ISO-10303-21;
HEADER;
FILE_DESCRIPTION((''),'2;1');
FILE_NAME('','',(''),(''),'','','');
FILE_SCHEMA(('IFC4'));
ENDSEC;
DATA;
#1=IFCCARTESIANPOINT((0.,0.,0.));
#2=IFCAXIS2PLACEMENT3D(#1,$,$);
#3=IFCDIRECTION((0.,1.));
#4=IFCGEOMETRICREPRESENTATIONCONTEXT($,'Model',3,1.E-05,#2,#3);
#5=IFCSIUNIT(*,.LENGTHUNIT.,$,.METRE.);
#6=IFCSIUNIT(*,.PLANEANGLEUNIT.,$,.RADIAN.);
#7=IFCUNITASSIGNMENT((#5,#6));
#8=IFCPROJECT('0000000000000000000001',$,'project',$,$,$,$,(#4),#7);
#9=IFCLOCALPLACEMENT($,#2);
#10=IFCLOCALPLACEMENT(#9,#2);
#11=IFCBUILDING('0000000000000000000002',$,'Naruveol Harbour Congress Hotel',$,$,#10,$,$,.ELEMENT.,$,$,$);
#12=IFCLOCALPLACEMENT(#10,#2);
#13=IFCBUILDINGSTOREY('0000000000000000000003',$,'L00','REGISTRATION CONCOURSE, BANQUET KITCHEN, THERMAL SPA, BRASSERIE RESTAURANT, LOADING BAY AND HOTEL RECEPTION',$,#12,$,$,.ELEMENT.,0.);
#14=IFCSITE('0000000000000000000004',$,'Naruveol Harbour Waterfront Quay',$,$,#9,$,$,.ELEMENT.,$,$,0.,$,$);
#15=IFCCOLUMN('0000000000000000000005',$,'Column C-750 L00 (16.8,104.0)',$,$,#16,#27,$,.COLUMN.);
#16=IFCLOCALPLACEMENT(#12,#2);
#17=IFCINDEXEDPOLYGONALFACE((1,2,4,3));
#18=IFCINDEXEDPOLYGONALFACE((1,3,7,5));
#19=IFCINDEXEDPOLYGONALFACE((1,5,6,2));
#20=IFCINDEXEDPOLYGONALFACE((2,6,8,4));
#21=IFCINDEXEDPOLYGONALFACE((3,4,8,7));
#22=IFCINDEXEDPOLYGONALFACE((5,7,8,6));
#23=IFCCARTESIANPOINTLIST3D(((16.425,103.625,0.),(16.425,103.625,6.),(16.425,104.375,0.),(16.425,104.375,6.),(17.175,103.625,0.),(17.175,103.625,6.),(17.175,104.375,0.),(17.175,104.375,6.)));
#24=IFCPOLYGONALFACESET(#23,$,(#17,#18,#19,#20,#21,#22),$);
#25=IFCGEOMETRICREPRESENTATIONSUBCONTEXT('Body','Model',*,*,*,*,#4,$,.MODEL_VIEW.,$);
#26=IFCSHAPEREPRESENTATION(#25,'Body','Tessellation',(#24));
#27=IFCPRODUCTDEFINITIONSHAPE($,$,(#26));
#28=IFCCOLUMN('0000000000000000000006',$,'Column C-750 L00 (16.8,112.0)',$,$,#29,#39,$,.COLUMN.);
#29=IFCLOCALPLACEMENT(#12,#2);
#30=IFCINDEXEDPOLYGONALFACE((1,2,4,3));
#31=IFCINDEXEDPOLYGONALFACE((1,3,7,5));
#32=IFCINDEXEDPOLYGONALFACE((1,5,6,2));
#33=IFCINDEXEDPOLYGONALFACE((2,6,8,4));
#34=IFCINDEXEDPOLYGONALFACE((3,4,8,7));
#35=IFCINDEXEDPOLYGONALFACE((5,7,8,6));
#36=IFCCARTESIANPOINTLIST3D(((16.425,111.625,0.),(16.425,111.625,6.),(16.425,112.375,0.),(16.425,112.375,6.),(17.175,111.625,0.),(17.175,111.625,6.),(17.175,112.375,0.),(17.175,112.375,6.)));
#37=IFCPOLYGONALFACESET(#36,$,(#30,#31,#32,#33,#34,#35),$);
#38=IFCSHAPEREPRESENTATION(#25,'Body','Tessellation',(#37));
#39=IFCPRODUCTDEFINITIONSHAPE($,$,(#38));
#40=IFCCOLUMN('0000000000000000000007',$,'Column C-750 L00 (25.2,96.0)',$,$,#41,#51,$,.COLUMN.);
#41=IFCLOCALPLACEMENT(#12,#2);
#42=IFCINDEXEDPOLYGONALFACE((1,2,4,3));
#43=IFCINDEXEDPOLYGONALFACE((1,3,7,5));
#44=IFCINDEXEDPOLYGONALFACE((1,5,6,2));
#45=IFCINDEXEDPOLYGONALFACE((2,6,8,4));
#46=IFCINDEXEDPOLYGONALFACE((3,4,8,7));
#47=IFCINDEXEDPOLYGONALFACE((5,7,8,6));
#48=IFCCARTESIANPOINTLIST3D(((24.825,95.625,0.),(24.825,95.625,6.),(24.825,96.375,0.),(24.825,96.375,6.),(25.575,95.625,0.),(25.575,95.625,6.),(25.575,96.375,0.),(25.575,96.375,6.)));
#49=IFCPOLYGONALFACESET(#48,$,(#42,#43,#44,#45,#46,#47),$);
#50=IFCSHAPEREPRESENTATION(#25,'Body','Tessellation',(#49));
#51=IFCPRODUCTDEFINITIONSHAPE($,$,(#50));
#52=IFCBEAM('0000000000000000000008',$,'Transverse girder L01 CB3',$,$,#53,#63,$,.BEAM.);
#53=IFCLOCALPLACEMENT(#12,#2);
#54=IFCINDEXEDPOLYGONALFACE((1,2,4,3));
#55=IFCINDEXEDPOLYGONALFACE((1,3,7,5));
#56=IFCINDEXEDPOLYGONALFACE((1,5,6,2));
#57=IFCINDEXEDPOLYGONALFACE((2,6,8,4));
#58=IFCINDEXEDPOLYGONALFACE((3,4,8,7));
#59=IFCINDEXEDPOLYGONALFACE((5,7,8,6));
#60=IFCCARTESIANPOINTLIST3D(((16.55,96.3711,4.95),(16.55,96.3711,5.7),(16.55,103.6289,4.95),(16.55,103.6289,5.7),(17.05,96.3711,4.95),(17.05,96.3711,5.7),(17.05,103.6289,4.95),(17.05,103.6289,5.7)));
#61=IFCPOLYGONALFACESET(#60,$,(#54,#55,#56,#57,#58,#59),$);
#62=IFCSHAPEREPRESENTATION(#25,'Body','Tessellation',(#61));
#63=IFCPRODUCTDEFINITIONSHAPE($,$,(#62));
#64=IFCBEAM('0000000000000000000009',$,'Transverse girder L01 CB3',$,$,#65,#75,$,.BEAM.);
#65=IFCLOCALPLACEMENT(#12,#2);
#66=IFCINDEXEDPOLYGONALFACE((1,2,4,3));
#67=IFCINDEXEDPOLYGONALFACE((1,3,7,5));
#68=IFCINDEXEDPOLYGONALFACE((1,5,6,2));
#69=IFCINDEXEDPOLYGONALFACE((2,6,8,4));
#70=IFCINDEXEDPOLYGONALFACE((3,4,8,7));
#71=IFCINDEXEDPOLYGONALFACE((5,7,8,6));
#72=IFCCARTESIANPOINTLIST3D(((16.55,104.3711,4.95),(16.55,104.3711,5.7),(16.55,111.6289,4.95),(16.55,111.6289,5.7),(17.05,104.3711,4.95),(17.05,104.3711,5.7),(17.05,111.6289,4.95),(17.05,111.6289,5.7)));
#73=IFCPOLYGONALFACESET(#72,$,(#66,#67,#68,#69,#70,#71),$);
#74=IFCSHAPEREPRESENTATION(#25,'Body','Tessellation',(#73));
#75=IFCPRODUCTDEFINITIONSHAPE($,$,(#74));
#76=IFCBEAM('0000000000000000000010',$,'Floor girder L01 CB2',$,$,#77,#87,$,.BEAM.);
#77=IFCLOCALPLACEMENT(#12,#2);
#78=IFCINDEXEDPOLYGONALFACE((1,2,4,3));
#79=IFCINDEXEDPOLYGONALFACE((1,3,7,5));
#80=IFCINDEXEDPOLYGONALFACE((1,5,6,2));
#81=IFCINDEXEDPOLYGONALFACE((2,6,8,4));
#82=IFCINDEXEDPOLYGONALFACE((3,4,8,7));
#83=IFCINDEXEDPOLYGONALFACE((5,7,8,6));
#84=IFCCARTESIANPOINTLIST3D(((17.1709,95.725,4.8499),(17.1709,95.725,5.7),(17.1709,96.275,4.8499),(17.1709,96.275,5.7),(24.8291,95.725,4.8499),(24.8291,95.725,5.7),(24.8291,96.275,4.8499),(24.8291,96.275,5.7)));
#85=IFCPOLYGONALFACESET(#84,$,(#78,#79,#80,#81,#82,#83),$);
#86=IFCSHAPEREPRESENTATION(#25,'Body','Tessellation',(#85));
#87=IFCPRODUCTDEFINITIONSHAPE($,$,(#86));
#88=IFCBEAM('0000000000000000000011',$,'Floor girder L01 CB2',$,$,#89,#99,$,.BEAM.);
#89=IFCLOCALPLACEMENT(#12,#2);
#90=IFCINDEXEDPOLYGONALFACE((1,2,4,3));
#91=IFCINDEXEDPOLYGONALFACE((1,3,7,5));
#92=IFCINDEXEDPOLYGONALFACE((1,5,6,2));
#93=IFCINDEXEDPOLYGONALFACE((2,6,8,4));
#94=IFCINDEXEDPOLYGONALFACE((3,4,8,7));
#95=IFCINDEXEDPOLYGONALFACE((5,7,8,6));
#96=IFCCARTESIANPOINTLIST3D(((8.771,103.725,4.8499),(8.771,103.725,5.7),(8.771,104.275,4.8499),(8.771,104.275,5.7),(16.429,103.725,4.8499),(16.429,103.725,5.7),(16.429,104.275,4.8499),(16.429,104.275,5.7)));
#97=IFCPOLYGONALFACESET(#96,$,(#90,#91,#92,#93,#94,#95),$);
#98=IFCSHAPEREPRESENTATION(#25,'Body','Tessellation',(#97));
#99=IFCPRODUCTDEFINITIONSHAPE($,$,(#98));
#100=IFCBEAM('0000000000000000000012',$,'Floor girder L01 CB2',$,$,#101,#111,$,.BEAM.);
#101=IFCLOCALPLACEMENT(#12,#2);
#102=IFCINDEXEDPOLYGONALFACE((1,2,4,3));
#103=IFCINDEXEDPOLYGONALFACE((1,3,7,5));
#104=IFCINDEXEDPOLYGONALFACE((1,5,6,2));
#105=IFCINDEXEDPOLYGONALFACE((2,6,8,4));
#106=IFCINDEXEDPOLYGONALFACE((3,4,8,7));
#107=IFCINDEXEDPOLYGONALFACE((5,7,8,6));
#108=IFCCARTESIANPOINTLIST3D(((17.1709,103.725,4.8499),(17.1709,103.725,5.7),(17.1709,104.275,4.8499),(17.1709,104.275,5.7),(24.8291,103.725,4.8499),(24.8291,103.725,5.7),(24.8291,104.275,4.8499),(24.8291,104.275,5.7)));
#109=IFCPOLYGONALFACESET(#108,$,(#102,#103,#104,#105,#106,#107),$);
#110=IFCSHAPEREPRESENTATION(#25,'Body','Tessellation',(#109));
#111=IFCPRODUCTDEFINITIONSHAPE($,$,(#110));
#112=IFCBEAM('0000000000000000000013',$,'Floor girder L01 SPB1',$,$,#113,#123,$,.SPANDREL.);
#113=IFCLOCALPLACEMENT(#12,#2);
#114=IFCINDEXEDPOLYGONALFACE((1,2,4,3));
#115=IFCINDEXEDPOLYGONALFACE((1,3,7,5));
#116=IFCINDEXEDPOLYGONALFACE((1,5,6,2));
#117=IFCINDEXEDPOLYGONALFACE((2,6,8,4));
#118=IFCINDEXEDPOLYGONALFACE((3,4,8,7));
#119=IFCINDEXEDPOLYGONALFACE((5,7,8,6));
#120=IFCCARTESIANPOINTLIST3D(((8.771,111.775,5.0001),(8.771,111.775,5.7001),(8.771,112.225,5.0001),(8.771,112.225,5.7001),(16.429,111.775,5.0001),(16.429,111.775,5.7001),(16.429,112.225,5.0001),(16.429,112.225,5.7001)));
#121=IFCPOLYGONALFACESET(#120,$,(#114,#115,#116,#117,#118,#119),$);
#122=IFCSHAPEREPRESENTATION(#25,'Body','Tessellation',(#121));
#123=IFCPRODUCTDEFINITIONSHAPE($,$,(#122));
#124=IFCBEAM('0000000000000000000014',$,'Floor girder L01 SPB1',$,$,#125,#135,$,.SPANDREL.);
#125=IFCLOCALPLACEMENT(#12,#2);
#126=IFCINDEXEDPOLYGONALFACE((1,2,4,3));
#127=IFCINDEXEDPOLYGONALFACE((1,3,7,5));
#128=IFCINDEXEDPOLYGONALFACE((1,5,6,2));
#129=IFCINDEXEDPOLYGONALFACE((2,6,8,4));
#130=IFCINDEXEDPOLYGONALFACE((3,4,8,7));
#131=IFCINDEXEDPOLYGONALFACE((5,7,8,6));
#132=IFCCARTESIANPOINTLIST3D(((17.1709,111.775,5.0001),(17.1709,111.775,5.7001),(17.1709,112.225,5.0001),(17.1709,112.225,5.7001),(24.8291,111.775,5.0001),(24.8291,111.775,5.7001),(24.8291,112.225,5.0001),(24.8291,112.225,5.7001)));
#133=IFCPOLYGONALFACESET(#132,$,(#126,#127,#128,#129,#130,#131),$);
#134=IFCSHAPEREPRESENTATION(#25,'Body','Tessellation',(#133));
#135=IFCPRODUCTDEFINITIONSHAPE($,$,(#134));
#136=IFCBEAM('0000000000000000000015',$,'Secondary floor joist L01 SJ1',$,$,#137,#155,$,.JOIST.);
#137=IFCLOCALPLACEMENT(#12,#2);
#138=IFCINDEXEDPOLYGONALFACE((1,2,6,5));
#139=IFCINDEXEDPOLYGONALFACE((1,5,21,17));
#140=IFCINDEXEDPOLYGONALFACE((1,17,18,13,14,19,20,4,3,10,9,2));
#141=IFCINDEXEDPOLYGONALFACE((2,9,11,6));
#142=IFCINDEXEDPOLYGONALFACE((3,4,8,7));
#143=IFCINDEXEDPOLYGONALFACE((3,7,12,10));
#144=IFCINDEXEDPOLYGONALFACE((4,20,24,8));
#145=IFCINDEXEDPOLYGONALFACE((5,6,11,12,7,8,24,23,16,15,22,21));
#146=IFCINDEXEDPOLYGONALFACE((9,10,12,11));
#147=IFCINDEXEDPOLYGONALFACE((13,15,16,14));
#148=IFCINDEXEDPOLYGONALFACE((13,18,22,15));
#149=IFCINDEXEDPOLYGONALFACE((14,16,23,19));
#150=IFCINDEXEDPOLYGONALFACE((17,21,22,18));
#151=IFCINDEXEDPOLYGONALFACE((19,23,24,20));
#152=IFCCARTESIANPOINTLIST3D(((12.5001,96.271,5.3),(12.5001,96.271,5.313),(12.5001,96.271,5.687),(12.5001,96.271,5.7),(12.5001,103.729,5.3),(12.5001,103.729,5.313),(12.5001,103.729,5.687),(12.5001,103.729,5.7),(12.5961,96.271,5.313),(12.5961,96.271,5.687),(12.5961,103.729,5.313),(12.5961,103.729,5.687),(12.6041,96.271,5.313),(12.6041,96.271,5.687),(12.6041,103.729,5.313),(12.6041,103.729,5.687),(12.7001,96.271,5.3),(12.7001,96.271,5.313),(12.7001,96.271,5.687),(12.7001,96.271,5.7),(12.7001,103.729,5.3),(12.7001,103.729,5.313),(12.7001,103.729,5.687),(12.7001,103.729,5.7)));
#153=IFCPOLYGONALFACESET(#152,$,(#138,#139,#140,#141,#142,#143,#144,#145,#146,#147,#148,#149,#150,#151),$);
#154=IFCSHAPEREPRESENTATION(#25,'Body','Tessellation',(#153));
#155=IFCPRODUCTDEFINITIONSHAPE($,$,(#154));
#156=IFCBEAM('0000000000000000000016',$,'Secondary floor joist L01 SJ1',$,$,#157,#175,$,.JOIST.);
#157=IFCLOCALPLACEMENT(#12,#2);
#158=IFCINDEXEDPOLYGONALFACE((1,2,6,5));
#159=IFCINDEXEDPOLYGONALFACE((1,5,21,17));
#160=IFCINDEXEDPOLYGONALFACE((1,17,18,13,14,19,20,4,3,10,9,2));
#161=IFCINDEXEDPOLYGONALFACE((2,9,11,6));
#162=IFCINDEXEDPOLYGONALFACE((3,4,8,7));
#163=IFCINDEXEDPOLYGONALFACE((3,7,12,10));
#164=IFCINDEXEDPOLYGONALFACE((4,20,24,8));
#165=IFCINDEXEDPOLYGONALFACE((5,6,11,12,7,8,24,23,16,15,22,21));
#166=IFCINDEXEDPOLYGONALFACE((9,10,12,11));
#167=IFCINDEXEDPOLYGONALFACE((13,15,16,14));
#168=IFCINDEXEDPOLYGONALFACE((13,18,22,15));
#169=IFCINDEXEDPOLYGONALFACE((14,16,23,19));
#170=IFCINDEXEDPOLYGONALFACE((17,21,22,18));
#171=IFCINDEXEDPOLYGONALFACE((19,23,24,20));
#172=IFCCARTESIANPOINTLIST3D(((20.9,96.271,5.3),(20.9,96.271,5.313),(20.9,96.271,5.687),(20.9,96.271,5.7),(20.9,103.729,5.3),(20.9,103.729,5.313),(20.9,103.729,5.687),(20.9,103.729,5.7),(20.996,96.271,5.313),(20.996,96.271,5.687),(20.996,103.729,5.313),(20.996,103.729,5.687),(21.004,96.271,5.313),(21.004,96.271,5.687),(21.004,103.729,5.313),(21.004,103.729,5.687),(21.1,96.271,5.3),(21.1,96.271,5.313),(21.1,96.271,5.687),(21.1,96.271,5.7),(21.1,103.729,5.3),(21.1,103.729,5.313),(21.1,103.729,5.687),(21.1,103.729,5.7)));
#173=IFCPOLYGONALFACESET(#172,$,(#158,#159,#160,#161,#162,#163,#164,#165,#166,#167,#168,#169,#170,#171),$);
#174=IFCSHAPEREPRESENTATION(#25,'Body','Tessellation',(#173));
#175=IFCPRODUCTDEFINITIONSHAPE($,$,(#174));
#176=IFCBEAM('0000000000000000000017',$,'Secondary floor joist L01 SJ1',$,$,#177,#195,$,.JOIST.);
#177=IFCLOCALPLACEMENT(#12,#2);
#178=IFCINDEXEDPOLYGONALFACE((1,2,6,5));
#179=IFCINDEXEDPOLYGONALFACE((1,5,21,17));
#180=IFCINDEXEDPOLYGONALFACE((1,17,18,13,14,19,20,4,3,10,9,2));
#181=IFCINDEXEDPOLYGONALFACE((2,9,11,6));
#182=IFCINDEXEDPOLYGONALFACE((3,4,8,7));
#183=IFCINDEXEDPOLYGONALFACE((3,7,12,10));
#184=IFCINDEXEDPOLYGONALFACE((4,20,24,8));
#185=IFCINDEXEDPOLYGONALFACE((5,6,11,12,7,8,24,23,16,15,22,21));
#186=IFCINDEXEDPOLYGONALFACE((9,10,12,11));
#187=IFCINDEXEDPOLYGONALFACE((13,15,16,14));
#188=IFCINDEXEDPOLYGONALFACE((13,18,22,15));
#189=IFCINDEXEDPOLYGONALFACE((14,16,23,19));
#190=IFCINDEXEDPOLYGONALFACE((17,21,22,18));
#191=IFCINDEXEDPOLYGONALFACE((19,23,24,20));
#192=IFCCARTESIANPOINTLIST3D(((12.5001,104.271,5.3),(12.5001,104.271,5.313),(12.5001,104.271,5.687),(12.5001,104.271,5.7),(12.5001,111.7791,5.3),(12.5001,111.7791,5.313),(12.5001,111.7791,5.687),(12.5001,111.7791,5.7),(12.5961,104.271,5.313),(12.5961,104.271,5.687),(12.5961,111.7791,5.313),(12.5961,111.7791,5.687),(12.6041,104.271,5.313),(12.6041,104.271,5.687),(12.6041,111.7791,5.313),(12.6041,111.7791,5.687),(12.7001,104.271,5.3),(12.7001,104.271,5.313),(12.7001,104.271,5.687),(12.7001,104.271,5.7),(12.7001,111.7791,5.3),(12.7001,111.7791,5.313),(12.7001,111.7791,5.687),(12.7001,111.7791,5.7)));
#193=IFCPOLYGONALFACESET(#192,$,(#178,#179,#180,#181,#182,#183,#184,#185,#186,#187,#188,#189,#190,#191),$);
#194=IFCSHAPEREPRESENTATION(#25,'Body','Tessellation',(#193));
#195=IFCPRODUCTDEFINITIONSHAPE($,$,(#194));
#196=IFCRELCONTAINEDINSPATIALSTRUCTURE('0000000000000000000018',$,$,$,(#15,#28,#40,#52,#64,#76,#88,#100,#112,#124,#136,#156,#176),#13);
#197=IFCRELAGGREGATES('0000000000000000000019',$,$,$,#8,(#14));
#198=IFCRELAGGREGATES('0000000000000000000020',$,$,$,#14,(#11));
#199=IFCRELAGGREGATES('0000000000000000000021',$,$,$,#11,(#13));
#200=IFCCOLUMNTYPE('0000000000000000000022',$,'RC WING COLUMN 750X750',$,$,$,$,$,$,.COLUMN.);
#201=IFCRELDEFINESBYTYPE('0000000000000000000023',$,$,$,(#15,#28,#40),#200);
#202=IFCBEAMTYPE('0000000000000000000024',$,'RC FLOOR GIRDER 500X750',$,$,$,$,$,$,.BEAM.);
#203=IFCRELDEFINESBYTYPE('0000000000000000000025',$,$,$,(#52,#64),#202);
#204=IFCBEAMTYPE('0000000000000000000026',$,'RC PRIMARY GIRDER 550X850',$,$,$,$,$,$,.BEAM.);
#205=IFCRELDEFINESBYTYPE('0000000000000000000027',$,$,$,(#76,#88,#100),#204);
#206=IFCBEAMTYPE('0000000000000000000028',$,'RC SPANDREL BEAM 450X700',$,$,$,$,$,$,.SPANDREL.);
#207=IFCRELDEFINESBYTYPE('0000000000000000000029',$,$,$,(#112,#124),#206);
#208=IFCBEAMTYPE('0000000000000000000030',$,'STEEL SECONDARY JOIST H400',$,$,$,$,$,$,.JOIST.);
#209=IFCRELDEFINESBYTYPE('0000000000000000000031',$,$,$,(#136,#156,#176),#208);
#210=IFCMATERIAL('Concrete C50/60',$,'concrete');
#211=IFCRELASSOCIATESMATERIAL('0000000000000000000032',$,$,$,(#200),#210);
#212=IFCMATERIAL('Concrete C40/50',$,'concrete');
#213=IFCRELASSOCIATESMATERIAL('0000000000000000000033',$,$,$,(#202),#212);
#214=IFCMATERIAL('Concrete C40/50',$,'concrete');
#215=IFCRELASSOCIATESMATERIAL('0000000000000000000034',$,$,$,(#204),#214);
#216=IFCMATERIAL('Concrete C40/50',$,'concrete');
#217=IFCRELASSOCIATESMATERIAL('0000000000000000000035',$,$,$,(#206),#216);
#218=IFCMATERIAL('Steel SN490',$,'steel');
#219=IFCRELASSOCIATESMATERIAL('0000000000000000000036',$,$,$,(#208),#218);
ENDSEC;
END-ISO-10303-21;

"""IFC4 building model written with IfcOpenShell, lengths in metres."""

from ifc_helpers import new_model, si_unit, direction, frame, origin, origin_2d, place, context, subcontext, project, spatial, rectangle, i_section, extrude, material, material_profile, profile_set, type_object, element, save


model = new_model("IFC4")

# Units and contexts
model_context = context("Model", 3, precision=1e-05, world=origin(), true_north=direction((0.0, 1.0)))
body_context = subcontext(model_context, "Body", "Model", "MODEL_VIEW")
ifc_project = project(units=[si_unit("LENGTHUNIT", "METRE"), si_unit("PLANEANGLEUNIT", "RADIAN")], contexts=[model_context])

# Site, building, storey
site_placement = place(None, origin())
site = spatial("IfcSite", under=ifc_project, at=site_placement, Name="Naruveol Harbour Waterfront Quay", CompositionType="ELEMENT", RefElevation=0.0)
building_placement = place(site_placement, origin())
building = spatial("IfcBuilding", under=site, at=building_placement, Name="Naruveol Harbour Congress Hotel", CompositionType="ELEMENT")
storey_placement = place(building_placement, origin())
storey = spatial("IfcBuildingStorey", under=building, at=storey_placement, Name="L00", Description="REGISTRATION CONCOURSE, BANQUET KITCHEN, THERMAL SPA, BRASSERIE RESTAURANT, LOADING BAY AND HOTEL RECEPTION", CompositionType="ELEMENT", Elevation=0.0)

# Columns
ifc_material_1 = material(Name="Concrete C50/60", Category="concrete")
ifc_material_profile_1 = material_profile(ifc_material_1, rectangle(XDim=0.75, YDim=0.75, at=origin_2d()), Name="RC-750x750")
ifc_profile_set_1 = profile_set([ifc_material_profile_1], Name="Concrete C50/60")
column_type = type_object("IfcColumnType", Name="RC WING COLUMN 750X750", PredefinedType="COLUMN", material=ifc_profile_set_1)
for number, where, z_axis, x_axis, name in (
    (1, (16.8, 104.0, 0.0), (0.0, 0.0, 1.0), (1.0, 0.0, 0.0), "Column C-750 L00 (16.8,104.0)"),
    (2, (16.8, 112.0, 0.0), (0.0, 0.0, 1.0), (1.0, 0.0, 0.0), "Column C-750 L00 (16.8,112.0)"),
    (3, (25.2, 96.0, 0.0), (0.0, 0.0, 1.0), (1.0, 0.0, 0.0), "Column C-750 L00 (25.2,96.0)"),
):
    element("IfcColumn", number, at=place(storey_placement, frame(where, z_axis=z_axis, x_axis=x_axis)), inside=storey, type_object=column_type, Name=name, PredefinedType="COLUMN", context=body_context, shape_type="SweptSolid", body=[
        extrude(rectangle(XDim=0.75, YDim=0.75, at=origin_2d()), origin(), (0.0, 0.0, 1.0), 6.0),
    ])

# Beams
ifc_material_2 = material(Name="Concrete C40/50", Category="concrete")
ifc_material_profile_2 = material_profile(ifc_material_2, rectangle(XDim=0.5, YDim=0.75, at=origin_2d()), Name="RCB-500x750")
ifc_profile_set_2 = profile_set([ifc_material_profile_2], Name="Concrete C40/50")
beam_type_1 = type_object("IfcBeamType", Name="RC FLOOR GIRDER 500X750", PredefinedType="BEAM", material=ifc_profile_set_2)
for number, where, z_axis, x_axis, name in (
    (4, (16.8, 96.3711, 5.325), (0.0, 1.0, 0.0), (-1.0, 0.0, 0.0), "Transverse girder L01 CB3"),
    (5, (16.8, 104.3711, 5.325), (0.0, 1.0, 0.0), (-1.0, 0.0, 0.0), "Transverse girder L01 CB3"),
):
    element("IfcBeam", number, at=place(storey_placement, frame(where, z_axis=z_axis, x_axis=x_axis)), inside=storey, type_object=beam_type_1, Name=name, PredefinedType="BEAM", context=body_context, shape_type="SweptSolid", body=[
        extrude(rectangle(XDim=0.5, YDim=0.75, at=origin_2d()), origin(), (0.0, 0.0, 1.0), 7.2578),
    ])
ifc_material_3 = material(Name="Concrete C40/50", Category="concrete")
ifc_material_profile_3 = material_profile(ifc_material_3, rectangle(XDim=0.55, YDim=0.8501, at=origin_2d()), Name="RCB-550x850")
ifc_profile_set_3 = profile_set([ifc_material_profile_3], Name="Concrete C40/50")
beam_type_2 = type_object("IfcBeamType", Name="RC PRIMARY GIRDER 550X850", PredefinedType="BEAM", material=ifc_profile_set_3)
beam_1_placement = place(storey_placement, frame((17.1709, 96.0, 5.2749), z_axis=(1.0, 0.0, 0.0), x_axis=(0.0, 1.0, 0.0)))
element("IfcBeam", 6, at=beam_1_placement, inside=storey, type_object=beam_type_2, Name="Floor girder L01 CB2", PredefinedType="BEAM", context=body_context, shape_type="SweptSolid", body=[
    extrude(rectangle(XDim=0.55, YDim=0.8501, at=origin_2d()), origin(), (0.0, 0.0, 1.0), 7.6582),
])
beam_2_placement = place(storey_placement, frame((8.771, 104.0, 5.2749), z_axis=(1.0, 0.0, 0.0), x_axis=(0.0, 1.0, 0.0)))
element("IfcBeam", 7, at=beam_2_placement, inside=storey, type_object=beam_type_2, Name="Floor girder L01 CB2", PredefinedType="BEAM", context=body_context, shape_type="SweptSolid", body=[
    extrude(rectangle(XDim=0.55, YDim=0.8501, at=origin_2d()), origin(), (0.0, 0.0, 1.0), 7.658),
])
beam_3_placement = place(storey_placement, frame((17.1709, 104.0, 5.2749), z_axis=(1.0, 0.0, 0.0), x_axis=(0.0, 1.0, 0.0)))
element("IfcBeam", 8, at=beam_3_placement, inside=storey, type_object=beam_type_2, Name="Floor girder L01 CB2", PredefinedType="BEAM", context=body_context, shape_type="SweptSolid", body=[
    extrude(rectangle(XDim=0.55, YDim=0.8501, at=origin_2d()), origin(), (0.0, 0.0, 1.0), 7.6582),
])
ifc_material_4 = material(Name="Concrete C40/50", Category="concrete")
ifc_material_profile_4 = material_profile(ifc_material_4, rectangle(XDim=0.45, YDim=0.7, at=origin_2d()), Name="RCB-450x700")
ifc_profile_set_4 = profile_set([ifc_material_profile_4], Name="Concrete C40/50")
beam_type_3 = type_object("IfcBeamType", Name="RC SPANDREL BEAM 450X700", PredefinedType="SPANDREL", material=ifc_profile_set_4)
beam_4_placement = place(storey_placement, frame((8.771, 112.0, 5.3501), z_axis=(1.0, 0.0, 0.0), x_axis=(0.0, 1.0, 0.0)))
element("IfcBeam", 9, at=beam_4_placement, inside=storey, type_object=beam_type_3, Name="Floor girder L01 SPB1", PredefinedType="SPANDREL", context=body_context, shape_type="SweptSolid", body=[
    extrude(rectangle(XDim=0.45, YDim=0.7, at=origin_2d()), origin(), (0.0, 0.0, 1.0), 7.658),
])
beam_5_placement = place(storey_placement, frame((17.1709, 112.0, 5.3501), z_axis=(1.0, 0.0, 0.0), x_axis=(0.0, 1.0, 0.0)))
element("IfcBeam", 10, at=beam_5_placement, inside=storey, type_object=beam_type_3, Name="Floor girder L01 SPB1", PredefinedType="SPANDREL", context=body_context, shape_type="SweptSolid", body=[
    extrude(rectangle(XDim=0.45, YDim=0.7, at=origin_2d()), origin(), (0.0, 0.0, 1.0), 7.6582),
])
ifc_material_5 = material(Name="Steel SN490", Category="steel")
ifc_material_profile_5 = material_profile(ifc_material_5, i_section(OverallWidth=0.2, OverallDepth=0.3999, WebThickness=0.0081, FlangeThickness=0.0129, at=origin_2d()), Name="H-400x200x8x13")
ifc_profile_set_5 = profile_set([ifc_material_profile_5], Name="Steel SN490")
beam_type_4 = type_object("IfcBeamType", Name="STEEL SECONDARY JOIST H400", PredefinedType="JOIST", material=ifc_profile_set_5)
for number, where, z_axis, x_axis, name in (
    (11, (12.6001, 96.271, 5.5), (0.0, 1.0, 0.0), (-1.0, 0.0, 0.0), "Secondary floor joist L01 SJ1"),
    (12, (21.0, 96.271, 5.5), (0.0, 1.0, 0.0), (-1.0, 0.0, 0.0), "Secondary floor joist L01 SJ1"),
):
    element("IfcBeam", number, at=place(storey_placement, frame(where, z_axis=z_axis, x_axis=x_axis)), inside=storey, type_object=beam_type_4, Name=name, PredefinedType="JOIST", context=body_context, shape_type="SweptSolid", body=[
        extrude(i_section(OverallWidth=0.2, OverallDepth=0.3999, WebThickness=0.0081, FlangeThickness=0.0129, at=origin_2d()), origin(), (0.0, 0.0, 1.0), 7.458),
    ])
for number, where, z_axis, x_axis, name in (
    (13, (12.6001, 104.271, 5.5), (0.0, 1.0, 0.0), (-1.0, 0.0, 0.0), "Secondary floor joist L01 SJ1"),
):
    element("IfcBeam", number, at=place(storey_placement, frame(where, z_axis=z_axis, x_axis=x_axis)), inside=storey, type_object=beam_type_4, Name=name, PredefinedType="JOIST", context=body_context, shape_type="SweptSolid", body=[
        extrude(i_section(OverallWidth=0.2, OverallDepth=0.3999, WebThickness=0.0081, FlangeThickness=0.0129, at=origin_2d()), origin(), (0.0, 0.0, 1.0), 7.5081),
    ])

save(model, "model.ifc")
